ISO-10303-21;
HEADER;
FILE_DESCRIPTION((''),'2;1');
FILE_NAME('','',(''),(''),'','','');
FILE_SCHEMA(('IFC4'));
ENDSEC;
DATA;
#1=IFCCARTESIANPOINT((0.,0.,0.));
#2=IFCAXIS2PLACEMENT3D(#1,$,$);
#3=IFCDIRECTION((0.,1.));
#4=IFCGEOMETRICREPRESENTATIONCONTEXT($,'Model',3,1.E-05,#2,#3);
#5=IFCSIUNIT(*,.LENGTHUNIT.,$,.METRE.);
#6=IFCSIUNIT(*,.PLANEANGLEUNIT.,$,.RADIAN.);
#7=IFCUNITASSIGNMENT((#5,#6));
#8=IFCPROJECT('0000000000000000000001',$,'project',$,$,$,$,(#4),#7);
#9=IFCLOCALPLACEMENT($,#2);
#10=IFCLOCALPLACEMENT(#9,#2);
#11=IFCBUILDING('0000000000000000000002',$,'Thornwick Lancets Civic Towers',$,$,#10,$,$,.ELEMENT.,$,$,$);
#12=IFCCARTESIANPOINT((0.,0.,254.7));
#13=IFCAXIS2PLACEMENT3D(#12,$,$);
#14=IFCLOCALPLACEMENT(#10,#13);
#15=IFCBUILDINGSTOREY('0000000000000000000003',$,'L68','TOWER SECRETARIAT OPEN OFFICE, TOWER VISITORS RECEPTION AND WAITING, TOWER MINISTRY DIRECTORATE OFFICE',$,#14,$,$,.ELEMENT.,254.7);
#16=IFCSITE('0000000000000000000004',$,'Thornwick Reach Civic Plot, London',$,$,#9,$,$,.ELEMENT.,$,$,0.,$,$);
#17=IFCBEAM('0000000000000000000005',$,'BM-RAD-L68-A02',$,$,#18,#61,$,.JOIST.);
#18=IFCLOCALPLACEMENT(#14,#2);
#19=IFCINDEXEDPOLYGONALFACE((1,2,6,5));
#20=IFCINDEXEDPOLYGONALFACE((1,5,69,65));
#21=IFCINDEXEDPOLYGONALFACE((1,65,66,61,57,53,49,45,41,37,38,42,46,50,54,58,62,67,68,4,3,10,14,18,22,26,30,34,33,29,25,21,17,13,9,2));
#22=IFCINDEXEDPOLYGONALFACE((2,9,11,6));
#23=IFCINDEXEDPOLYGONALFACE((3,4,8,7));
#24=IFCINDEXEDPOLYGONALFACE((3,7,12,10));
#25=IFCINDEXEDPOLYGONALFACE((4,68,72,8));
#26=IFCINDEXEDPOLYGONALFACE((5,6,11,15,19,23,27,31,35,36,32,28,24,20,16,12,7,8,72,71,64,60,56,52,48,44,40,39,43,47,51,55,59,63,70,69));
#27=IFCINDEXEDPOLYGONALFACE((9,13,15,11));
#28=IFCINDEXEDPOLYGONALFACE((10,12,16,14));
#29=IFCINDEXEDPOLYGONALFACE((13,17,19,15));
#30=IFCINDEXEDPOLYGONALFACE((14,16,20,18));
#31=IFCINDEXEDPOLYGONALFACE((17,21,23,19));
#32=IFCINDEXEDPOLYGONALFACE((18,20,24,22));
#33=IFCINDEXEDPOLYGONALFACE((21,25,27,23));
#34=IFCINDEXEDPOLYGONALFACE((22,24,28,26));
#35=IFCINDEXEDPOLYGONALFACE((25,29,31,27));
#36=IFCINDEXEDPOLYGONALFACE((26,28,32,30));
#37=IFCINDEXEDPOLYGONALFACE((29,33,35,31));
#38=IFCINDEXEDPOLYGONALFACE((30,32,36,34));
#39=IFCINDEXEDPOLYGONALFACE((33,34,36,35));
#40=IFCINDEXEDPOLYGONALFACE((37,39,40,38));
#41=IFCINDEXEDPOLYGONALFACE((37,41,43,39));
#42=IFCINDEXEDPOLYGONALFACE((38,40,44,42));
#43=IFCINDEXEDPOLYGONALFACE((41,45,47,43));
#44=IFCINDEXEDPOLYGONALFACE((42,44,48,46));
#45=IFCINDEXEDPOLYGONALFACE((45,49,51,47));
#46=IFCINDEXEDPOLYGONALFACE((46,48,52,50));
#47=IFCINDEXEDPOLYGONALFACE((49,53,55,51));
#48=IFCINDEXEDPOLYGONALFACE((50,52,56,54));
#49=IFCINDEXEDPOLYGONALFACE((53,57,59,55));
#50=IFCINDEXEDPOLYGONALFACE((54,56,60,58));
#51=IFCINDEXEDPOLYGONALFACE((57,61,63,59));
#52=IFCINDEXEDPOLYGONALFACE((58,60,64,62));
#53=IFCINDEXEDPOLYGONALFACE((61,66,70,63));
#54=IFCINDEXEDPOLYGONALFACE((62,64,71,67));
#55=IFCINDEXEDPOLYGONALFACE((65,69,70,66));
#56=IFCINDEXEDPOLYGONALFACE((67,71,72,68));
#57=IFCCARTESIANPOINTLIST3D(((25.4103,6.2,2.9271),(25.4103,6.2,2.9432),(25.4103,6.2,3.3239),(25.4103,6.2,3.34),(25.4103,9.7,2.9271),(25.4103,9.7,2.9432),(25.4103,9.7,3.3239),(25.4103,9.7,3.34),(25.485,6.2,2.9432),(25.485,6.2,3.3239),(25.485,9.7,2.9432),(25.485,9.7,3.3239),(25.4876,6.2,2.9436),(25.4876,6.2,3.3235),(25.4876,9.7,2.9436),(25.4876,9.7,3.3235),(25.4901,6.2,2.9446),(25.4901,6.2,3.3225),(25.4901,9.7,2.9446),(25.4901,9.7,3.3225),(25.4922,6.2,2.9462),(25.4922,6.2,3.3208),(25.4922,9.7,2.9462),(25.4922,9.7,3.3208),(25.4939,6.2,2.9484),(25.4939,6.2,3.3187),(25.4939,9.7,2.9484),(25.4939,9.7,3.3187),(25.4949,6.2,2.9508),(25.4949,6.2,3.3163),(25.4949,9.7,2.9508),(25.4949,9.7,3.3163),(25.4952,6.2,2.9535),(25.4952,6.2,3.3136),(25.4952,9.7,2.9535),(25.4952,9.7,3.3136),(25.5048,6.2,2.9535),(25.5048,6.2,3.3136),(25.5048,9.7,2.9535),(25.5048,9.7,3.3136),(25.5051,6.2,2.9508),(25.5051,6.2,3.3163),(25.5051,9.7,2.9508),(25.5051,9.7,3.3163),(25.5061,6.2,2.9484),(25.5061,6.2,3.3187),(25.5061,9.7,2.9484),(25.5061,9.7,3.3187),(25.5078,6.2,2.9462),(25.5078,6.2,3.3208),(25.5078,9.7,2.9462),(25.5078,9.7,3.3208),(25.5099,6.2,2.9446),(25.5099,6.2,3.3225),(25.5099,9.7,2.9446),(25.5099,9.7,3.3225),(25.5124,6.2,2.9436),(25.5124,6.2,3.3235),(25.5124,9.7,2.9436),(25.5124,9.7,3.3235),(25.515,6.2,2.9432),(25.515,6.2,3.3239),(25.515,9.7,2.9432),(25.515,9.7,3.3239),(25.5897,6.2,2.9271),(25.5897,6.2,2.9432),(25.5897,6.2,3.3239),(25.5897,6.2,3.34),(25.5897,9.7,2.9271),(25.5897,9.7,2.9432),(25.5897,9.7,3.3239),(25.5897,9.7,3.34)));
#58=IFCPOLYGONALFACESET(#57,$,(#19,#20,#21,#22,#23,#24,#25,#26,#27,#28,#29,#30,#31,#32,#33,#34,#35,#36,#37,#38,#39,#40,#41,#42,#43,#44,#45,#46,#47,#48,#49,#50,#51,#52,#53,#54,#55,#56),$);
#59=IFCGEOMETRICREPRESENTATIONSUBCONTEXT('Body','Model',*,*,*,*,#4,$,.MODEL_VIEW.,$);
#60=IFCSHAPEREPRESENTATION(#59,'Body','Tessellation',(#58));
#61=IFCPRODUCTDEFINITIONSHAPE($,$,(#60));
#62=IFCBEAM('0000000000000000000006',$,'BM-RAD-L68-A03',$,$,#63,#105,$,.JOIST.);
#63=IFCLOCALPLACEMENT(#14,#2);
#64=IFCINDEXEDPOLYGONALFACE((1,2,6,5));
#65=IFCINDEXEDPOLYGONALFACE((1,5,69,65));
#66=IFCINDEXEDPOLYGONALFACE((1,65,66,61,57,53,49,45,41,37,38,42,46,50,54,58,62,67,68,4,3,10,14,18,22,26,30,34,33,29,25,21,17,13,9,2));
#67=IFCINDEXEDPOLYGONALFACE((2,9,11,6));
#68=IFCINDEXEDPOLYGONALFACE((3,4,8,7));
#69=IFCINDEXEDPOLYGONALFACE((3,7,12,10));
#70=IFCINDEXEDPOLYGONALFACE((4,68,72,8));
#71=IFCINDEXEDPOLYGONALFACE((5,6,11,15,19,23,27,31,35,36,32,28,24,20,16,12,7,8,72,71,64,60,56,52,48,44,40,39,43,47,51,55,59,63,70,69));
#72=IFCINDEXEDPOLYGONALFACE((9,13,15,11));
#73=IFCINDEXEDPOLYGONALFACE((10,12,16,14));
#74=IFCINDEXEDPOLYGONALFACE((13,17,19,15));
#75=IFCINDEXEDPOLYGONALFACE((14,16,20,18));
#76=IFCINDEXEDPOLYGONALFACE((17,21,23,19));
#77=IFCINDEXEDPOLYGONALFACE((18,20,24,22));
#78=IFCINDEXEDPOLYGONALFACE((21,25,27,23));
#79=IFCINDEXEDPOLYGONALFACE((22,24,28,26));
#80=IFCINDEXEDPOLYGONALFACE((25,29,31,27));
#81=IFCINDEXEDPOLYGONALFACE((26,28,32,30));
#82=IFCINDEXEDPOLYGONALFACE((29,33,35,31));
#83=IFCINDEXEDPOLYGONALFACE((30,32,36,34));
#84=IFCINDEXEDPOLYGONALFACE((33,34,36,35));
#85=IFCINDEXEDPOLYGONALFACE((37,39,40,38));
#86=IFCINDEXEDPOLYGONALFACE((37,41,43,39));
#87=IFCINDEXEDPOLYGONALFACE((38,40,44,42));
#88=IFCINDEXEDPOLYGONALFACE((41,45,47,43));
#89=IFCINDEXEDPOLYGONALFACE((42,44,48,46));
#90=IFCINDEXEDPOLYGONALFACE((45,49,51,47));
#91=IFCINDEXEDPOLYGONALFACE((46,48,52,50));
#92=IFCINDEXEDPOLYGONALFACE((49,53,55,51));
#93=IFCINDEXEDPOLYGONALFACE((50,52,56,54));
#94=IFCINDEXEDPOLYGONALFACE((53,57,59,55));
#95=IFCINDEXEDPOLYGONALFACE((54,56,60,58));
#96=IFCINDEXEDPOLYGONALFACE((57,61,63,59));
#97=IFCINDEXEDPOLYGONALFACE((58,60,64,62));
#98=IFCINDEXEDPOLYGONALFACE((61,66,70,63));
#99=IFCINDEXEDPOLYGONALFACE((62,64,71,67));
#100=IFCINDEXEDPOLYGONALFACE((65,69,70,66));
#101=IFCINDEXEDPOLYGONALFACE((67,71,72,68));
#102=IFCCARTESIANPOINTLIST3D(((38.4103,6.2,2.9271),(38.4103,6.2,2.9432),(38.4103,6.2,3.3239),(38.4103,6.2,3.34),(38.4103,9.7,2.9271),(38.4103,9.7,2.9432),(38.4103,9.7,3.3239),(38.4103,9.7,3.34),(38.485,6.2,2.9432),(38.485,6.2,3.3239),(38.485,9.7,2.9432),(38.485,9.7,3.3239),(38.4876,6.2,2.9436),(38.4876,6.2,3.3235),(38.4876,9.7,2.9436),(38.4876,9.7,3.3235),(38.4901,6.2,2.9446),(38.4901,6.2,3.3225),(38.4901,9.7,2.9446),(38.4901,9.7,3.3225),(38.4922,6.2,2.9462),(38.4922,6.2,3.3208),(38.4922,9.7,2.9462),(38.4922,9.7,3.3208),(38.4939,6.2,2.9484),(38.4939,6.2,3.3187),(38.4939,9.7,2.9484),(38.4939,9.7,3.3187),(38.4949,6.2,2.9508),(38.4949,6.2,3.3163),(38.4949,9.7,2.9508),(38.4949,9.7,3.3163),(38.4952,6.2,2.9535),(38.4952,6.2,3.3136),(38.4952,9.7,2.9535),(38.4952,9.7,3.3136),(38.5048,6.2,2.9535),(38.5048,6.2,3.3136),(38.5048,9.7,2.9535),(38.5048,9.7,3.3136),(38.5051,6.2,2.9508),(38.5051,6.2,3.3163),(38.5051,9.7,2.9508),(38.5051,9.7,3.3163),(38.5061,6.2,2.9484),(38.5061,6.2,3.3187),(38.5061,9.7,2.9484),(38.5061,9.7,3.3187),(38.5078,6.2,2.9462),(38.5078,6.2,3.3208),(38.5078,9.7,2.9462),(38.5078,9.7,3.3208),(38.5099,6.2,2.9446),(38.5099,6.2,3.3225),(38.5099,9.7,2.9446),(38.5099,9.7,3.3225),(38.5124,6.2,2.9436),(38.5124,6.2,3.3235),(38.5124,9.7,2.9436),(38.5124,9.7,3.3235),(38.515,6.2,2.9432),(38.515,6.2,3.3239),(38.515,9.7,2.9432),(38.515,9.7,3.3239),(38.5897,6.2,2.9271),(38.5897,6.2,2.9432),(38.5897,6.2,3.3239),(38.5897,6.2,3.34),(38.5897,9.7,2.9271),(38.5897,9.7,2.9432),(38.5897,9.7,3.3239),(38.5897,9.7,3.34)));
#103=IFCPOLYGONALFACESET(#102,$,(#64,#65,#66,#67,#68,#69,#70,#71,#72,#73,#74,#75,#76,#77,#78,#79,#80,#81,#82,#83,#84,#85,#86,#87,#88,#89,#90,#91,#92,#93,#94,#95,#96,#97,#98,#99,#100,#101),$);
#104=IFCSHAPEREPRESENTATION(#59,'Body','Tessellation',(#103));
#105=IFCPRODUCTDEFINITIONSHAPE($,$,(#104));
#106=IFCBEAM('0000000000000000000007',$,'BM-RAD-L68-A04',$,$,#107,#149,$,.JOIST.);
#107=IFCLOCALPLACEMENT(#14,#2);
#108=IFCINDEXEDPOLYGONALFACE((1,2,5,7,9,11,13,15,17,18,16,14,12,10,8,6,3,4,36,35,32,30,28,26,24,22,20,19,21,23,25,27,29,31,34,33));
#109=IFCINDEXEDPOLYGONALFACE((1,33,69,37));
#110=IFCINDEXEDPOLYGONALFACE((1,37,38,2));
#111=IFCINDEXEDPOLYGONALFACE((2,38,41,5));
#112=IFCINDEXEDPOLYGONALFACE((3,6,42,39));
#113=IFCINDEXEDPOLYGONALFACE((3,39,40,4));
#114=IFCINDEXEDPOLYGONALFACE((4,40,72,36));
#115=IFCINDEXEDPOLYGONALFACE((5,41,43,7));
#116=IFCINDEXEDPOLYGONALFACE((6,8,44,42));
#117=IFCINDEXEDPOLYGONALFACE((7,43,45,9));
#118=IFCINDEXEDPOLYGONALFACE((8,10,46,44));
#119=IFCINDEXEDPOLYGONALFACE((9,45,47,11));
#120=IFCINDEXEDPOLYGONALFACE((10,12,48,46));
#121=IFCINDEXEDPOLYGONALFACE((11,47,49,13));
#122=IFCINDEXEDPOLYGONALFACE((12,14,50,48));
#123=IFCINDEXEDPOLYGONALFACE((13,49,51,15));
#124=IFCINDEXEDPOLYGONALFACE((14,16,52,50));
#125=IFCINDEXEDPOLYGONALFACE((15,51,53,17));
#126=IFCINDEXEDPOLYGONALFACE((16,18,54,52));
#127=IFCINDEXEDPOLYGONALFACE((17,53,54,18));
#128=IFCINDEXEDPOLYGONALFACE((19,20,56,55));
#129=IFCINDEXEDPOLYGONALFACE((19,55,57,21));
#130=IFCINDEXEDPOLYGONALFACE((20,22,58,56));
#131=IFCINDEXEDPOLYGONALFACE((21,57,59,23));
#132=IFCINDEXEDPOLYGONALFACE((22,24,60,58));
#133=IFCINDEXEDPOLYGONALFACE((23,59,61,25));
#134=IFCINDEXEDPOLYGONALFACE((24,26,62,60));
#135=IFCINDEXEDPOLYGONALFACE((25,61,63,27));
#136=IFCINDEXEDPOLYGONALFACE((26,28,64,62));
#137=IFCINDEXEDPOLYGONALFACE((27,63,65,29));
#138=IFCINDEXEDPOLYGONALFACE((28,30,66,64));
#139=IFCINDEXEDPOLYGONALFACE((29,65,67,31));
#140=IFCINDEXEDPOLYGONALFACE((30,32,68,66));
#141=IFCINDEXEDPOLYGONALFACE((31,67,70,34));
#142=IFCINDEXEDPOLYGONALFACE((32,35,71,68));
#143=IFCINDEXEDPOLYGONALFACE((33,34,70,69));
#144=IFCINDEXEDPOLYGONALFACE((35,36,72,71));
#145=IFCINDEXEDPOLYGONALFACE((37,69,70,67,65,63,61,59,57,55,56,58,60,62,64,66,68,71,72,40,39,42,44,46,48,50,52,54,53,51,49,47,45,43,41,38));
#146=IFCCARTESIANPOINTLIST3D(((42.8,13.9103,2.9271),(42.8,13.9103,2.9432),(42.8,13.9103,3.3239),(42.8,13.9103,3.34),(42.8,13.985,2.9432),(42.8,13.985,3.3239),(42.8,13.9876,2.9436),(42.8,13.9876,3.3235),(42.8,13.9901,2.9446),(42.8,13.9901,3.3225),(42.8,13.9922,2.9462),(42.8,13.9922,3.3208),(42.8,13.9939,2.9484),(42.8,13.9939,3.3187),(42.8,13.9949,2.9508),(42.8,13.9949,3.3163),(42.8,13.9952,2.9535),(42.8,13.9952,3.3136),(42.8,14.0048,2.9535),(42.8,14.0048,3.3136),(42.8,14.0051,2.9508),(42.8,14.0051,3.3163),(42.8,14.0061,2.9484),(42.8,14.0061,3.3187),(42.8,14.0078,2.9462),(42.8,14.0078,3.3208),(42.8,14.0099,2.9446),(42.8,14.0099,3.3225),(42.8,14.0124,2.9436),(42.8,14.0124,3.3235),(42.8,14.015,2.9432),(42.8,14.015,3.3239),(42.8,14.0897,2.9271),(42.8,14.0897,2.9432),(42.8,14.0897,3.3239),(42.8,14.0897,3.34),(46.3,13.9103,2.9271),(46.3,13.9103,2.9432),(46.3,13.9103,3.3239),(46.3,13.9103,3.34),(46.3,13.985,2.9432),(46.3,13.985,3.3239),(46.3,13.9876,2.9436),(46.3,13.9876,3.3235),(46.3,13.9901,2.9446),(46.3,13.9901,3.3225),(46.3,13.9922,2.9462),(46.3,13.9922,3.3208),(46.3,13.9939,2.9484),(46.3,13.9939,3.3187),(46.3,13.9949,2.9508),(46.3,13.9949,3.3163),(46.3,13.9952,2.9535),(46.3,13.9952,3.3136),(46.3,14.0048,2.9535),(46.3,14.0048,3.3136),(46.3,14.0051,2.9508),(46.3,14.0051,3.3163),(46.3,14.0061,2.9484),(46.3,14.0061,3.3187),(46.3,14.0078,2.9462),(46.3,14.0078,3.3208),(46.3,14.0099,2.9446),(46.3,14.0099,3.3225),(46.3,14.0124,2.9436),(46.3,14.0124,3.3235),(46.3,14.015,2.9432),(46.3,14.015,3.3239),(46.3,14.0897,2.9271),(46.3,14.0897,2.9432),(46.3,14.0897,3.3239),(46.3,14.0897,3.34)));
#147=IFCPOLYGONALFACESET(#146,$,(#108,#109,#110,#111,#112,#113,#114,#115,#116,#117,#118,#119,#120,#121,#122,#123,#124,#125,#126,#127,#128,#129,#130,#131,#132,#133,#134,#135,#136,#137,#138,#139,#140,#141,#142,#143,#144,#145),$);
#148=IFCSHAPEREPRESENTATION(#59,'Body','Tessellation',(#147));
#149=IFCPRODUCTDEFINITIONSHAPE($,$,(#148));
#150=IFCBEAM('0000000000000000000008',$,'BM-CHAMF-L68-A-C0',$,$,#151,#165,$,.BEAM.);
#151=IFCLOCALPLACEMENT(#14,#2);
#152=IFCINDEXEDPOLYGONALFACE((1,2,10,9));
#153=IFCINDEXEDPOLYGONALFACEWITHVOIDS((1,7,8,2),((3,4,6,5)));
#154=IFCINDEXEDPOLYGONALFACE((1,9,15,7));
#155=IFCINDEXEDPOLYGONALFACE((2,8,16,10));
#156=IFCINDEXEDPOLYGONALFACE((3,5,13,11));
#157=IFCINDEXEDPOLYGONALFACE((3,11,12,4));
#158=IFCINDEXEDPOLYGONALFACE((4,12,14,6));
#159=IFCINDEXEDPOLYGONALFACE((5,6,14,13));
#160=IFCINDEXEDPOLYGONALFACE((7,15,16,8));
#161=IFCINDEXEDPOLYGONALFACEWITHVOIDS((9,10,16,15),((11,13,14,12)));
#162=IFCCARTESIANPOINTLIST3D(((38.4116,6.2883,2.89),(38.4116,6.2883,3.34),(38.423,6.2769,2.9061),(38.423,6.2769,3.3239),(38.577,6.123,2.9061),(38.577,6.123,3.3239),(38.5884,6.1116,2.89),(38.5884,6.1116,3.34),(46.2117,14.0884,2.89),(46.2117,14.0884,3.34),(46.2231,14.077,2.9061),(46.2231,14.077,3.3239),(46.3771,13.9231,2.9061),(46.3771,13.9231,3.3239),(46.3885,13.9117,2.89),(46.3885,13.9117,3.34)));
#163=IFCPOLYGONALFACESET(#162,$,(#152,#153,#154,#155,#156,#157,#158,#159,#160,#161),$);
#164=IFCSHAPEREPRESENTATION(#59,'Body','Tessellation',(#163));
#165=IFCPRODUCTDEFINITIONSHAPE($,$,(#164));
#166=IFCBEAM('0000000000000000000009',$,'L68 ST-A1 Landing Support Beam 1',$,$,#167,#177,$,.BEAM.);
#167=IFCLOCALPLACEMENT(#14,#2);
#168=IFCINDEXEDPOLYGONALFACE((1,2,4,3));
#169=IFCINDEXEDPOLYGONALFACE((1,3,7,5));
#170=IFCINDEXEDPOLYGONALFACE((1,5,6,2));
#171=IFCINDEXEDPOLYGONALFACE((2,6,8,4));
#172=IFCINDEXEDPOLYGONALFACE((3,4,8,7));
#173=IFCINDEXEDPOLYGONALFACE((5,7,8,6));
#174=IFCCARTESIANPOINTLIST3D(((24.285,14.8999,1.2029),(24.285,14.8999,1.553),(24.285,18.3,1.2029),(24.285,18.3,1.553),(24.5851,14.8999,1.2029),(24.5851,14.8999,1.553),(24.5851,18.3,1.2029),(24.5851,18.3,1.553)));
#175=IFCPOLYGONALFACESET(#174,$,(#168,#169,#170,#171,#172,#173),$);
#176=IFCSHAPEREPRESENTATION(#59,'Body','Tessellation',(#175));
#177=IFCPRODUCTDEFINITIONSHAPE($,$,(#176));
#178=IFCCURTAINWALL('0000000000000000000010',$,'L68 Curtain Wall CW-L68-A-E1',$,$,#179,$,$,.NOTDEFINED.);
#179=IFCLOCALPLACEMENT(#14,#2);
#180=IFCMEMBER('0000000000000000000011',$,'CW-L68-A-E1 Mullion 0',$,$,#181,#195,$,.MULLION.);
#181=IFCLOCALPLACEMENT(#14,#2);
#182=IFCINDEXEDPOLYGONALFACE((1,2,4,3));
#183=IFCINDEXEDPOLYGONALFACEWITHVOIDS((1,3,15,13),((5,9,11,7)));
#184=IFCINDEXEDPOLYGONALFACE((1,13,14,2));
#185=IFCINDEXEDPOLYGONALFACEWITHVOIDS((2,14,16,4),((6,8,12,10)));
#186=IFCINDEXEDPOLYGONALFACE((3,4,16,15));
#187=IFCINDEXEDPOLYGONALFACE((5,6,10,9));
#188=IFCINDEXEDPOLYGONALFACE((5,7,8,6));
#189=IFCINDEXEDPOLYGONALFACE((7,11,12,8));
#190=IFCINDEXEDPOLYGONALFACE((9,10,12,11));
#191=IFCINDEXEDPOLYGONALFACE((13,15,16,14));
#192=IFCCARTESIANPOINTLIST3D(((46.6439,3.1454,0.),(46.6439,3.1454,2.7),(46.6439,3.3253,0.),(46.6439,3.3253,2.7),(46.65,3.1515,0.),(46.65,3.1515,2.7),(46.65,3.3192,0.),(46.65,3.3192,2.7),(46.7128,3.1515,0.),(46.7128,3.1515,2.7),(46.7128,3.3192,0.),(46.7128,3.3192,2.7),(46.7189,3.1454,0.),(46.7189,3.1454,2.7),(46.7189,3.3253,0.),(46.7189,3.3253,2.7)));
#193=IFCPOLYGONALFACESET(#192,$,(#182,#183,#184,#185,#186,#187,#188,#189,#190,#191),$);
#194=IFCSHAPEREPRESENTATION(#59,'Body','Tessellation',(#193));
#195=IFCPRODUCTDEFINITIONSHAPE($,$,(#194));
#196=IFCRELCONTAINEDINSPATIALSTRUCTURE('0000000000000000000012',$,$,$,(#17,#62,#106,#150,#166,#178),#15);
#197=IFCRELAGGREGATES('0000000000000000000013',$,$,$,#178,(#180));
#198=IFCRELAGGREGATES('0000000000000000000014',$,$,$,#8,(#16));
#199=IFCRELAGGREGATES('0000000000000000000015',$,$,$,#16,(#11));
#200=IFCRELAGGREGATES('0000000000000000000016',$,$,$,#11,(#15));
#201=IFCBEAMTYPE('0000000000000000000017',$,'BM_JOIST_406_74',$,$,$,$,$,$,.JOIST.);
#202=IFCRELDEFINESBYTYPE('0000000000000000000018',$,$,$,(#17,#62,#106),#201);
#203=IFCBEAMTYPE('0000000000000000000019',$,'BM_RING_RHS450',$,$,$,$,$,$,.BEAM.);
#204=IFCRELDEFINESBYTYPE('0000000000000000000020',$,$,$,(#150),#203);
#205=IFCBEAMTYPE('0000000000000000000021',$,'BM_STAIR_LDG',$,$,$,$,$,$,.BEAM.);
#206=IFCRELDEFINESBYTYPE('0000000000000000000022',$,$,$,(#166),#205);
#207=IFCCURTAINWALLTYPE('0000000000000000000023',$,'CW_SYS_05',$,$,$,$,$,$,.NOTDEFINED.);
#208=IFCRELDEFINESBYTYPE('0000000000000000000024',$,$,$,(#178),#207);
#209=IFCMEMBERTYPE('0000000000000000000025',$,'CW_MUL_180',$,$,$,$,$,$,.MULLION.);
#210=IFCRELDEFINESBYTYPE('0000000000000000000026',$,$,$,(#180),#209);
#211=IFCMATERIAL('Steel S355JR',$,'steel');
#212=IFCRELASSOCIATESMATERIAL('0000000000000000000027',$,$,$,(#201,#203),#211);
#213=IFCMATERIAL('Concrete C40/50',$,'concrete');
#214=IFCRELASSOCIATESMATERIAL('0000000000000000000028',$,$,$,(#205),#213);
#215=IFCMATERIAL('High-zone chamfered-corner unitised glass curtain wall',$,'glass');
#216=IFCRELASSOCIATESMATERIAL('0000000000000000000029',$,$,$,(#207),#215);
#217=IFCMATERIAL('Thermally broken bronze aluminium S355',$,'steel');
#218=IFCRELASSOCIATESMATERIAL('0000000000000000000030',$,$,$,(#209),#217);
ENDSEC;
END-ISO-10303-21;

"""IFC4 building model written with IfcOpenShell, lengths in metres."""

from ifc_helpers import new_model, si_unit, direction, frame, origin, origin_2d, place, context, subcontext, project, spatial, rectangle, hollow_rectangle, i_section, extrude, material, material_profile, profile_set, type_object, element, aggregate, save


model = new_model("IFC4")

# Units and contexts
model_context = context("Model", 3, precision=1e-05, world=origin(), true_north=direction((0.0, 1.0)))
body_context = subcontext(model_context, "Body", "Model", "MODEL_VIEW")
ifc_project = project(units=[si_unit("LENGTHUNIT", "METRE"), si_unit("PLANEANGLEUNIT", "RADIAN")], contexts=[model_context])

# Site, building, storey
site_placement = place(None, origin())
site = spatial("IfcSite", under=ifc_project, at=site_placement, Name="Thornwick Reach Civic Plot, London", CompositionType="ELEMENT", RefElevation=0.0)
building_placement = place(site_placement, origin())
building = spatial("IfcBuilding", under=site, at=building_placement, Name="Thornwick Lancets Civic Towers", CompositionType="ELEMENT")
storey_placement = place(building_placement, frame((0.0, 0.0, 254.7)))
storey = spatial("IfcBuildingStorey", under=building, at=storey_placement, Name="L68", Description="TOWER SECRETARIAT OPEN OFFICE, TOWER VISITORS RECEPTION AND WAITING, TOWER MINISTRY DIRECTORATE OFFICE", CompositionType="ELEMENT", Elevation=254.7)

# Shared definitions
ifc_material_1 = material(Name="Steel S355JR", Category="steel")

# Beams
ifc_material_profile_1 = material_profile(ifc_material_1, i_section(OverallWidth=0.1794, OverallDepth=0.4128, WebThickness=0.0095, FlangeThickness=0.0161, FilletRadius=0.0103, at=origin_2d()), Name="UKB 406x178x74")
ifc_profile_set_1 = profile_set([ifc_material_profile_1], Name="Steel S355JR")
beam_type_1 = type_object("IfcBeamType", Name="BM_JOIST_406_74", PredefinedType="JOIST", material=ifc_profile_set_1)
for number, where, z_axis, x_axis, name in (
    (1, (25.5, 9.7, 3.1335), (0.0, -1.0, 0.0), (1.0, 0.0, 0.0), "BM-RAD-L68-A02"),
    (2, (38.5, 9.7, 3.1335), (0.0, -1.0, 0.0), (1.0, 0.0, 0.0), "BM-RAD-L68-A03"),
    (3, (42.8, 14.0, 3.1335), (1.0, 0.0, 0.0), (0.0, 1.0, 0.0), "BM-RAD-L68-A04"),
):
    element("IfcBeam", number, at=place(storey_placement, frame(where, z_axis=z_axis, x_axis=x_axis)), inside=storey, type_object=beam_type_1, Name=name, PredefinedType="JOIST", context=body_context, shape_type="SweptSolid", body=[
        extrude(i_section(OverallWidth=0.1794, OverallDepth=0.4128, WebThickness=0.0095, FlangeThickness=0.0161, FilletRadius=0.0103, at=origin_2d()), origin(), (0.0, 0.0, 1.0), 3.5),
    ])
ifc_material_profile_2 = material_profile(ifc_material_1, hollow_rectangle(XDim=0.25, YDim=0.45, WallThickness=0.0161, at=origin_2d()), Name="RHS 450x250x16")
ifc_profile_set_2 = profile_set([ifc_material_profile_2], Name="Steel S355JR")
beam_type_2 = type_object("IfcBeamType", Name="BM_RING_RHS450", PredefinedType="BEAM", material=ifc_profile_set_2)
beam_1_placement = place(storey_placement, frame((38.5, 6.2, 3.115), z_axis=(0.707107, 0.707107, 0.0), x_axis=(-0.707107, 0.707107, 0.0)))
element("IfcBeam", 4, at=beam_1_placement, inside=storey, type_object=beam_type_2, Name="BM-CHAMF-L68-A-C0", PredefinedType="BEAM", context=body_context, shape_type="SweptSolid", body=[
    extrude(hollow_rectangle(XDim=0.25, YDim=0.45, WallThickness=0.0161, at=origin_2d()), origin(), (0.0, 0.0, 1.0), 11.031),
])
ifc_material_2 = material(Name="Concrete C40/50", Category="concrete")
ifc_material_profile_3 = material_profile(ifc_material_2, rectangle(XDim=0.3, YDim=0.3501, at=origin_2d()), Name="RC 300x350")
ifc_profile_set_3 = profile_set([ifc_material_profile_3], Name="Concrete C40/50")
beam_type_3 = type_object("IfcBeamType", Name="BM_STAIR_LDG", PredefinedType="BEAM", material=ifc_profile_set_3)
beam_2_placement = place(storey_placement, frame((24.4351, 14.8999, 1.3779), z_axis=(0.0, 1.0, 0.0), x_axis=(-1.0, 0.0, 0.0)))
element("IfcBeam", 5, at=beam_2_placement, inside=storey, type_object=beam_type_3, Name="L68 ST-A1 Landing Support Beam 1", PredefinedType="BEAM", context=body_context, shape_type="SweptSolid", body=[
    extrude(rectangle(XDim=0.3, YDim=0.3501, at=origin_2d()), origin(), (0.0, 0.0, 1.0), 3.4001),
])

# Curtain wall, member
ifc_material_3 = material(Name="High-zone chamfered-corner unitised glass curtain wall", Category="glass")
curtain_wall_type = type_object("IfcCurtainWallType", Name="CW_SYS_05", PredefinedType="NOTDEFINED", material=ifc_material_3)
curtain_wall_placement = place(storey_placement, origin())
curtain_wall = element("IfcCurtainWall", 6, at=curtain_wall_placement, inside=storey, type_object=curtain_wall_type, Name="L68 Curtain Wall CW-L68-A-E1", PredefinedType="NOTDEFINED")
ifc_material_4 = material(Name="Thermally broken bronze aluminium S355", Category="steel")
ifc_material_profile_4 = material_profile(ifc_material_4, hollow_rectangle(XDim=0.075, YDim=0.1799, WallThickness=0.0061, at=origin_2d()), Name="RHS 180x75x6")
ifc_profile_set_4 = profile_set([ifc_material_profile_4], Name="Thermally broken bronze aluminium S355")
member_type_1 = type_object("IfcMemberType", Name="CW_MUL_180", PredefinedType="MULLION", material=ifc_profile_set_4)
member_1_placement = place(storey_placement, frame((46.6814, 3.2354, 0.0), z_axis=(0.0, 0.0, 1.0), x_axis=(1.0, 0.0, 0.0)))
member_1 = element("IfcMember", 7, at=member_1_placement, type_object=member_type_1, Name="CW-L68-A-E1 Mullion 0", PredefinedType="MULLION", context=body_context, shape_type="SweptSolid", body=[
    extrude(hollow_rectangle(XDim=0.075, YDim=0.1799, WallThickness=0.0061, at=origin_2d()), origin(), (0.0, 0.0, 1.0), 2.7),
])
aggregate(curtain_wall, [member_1])

save(model, "model.ifc")
